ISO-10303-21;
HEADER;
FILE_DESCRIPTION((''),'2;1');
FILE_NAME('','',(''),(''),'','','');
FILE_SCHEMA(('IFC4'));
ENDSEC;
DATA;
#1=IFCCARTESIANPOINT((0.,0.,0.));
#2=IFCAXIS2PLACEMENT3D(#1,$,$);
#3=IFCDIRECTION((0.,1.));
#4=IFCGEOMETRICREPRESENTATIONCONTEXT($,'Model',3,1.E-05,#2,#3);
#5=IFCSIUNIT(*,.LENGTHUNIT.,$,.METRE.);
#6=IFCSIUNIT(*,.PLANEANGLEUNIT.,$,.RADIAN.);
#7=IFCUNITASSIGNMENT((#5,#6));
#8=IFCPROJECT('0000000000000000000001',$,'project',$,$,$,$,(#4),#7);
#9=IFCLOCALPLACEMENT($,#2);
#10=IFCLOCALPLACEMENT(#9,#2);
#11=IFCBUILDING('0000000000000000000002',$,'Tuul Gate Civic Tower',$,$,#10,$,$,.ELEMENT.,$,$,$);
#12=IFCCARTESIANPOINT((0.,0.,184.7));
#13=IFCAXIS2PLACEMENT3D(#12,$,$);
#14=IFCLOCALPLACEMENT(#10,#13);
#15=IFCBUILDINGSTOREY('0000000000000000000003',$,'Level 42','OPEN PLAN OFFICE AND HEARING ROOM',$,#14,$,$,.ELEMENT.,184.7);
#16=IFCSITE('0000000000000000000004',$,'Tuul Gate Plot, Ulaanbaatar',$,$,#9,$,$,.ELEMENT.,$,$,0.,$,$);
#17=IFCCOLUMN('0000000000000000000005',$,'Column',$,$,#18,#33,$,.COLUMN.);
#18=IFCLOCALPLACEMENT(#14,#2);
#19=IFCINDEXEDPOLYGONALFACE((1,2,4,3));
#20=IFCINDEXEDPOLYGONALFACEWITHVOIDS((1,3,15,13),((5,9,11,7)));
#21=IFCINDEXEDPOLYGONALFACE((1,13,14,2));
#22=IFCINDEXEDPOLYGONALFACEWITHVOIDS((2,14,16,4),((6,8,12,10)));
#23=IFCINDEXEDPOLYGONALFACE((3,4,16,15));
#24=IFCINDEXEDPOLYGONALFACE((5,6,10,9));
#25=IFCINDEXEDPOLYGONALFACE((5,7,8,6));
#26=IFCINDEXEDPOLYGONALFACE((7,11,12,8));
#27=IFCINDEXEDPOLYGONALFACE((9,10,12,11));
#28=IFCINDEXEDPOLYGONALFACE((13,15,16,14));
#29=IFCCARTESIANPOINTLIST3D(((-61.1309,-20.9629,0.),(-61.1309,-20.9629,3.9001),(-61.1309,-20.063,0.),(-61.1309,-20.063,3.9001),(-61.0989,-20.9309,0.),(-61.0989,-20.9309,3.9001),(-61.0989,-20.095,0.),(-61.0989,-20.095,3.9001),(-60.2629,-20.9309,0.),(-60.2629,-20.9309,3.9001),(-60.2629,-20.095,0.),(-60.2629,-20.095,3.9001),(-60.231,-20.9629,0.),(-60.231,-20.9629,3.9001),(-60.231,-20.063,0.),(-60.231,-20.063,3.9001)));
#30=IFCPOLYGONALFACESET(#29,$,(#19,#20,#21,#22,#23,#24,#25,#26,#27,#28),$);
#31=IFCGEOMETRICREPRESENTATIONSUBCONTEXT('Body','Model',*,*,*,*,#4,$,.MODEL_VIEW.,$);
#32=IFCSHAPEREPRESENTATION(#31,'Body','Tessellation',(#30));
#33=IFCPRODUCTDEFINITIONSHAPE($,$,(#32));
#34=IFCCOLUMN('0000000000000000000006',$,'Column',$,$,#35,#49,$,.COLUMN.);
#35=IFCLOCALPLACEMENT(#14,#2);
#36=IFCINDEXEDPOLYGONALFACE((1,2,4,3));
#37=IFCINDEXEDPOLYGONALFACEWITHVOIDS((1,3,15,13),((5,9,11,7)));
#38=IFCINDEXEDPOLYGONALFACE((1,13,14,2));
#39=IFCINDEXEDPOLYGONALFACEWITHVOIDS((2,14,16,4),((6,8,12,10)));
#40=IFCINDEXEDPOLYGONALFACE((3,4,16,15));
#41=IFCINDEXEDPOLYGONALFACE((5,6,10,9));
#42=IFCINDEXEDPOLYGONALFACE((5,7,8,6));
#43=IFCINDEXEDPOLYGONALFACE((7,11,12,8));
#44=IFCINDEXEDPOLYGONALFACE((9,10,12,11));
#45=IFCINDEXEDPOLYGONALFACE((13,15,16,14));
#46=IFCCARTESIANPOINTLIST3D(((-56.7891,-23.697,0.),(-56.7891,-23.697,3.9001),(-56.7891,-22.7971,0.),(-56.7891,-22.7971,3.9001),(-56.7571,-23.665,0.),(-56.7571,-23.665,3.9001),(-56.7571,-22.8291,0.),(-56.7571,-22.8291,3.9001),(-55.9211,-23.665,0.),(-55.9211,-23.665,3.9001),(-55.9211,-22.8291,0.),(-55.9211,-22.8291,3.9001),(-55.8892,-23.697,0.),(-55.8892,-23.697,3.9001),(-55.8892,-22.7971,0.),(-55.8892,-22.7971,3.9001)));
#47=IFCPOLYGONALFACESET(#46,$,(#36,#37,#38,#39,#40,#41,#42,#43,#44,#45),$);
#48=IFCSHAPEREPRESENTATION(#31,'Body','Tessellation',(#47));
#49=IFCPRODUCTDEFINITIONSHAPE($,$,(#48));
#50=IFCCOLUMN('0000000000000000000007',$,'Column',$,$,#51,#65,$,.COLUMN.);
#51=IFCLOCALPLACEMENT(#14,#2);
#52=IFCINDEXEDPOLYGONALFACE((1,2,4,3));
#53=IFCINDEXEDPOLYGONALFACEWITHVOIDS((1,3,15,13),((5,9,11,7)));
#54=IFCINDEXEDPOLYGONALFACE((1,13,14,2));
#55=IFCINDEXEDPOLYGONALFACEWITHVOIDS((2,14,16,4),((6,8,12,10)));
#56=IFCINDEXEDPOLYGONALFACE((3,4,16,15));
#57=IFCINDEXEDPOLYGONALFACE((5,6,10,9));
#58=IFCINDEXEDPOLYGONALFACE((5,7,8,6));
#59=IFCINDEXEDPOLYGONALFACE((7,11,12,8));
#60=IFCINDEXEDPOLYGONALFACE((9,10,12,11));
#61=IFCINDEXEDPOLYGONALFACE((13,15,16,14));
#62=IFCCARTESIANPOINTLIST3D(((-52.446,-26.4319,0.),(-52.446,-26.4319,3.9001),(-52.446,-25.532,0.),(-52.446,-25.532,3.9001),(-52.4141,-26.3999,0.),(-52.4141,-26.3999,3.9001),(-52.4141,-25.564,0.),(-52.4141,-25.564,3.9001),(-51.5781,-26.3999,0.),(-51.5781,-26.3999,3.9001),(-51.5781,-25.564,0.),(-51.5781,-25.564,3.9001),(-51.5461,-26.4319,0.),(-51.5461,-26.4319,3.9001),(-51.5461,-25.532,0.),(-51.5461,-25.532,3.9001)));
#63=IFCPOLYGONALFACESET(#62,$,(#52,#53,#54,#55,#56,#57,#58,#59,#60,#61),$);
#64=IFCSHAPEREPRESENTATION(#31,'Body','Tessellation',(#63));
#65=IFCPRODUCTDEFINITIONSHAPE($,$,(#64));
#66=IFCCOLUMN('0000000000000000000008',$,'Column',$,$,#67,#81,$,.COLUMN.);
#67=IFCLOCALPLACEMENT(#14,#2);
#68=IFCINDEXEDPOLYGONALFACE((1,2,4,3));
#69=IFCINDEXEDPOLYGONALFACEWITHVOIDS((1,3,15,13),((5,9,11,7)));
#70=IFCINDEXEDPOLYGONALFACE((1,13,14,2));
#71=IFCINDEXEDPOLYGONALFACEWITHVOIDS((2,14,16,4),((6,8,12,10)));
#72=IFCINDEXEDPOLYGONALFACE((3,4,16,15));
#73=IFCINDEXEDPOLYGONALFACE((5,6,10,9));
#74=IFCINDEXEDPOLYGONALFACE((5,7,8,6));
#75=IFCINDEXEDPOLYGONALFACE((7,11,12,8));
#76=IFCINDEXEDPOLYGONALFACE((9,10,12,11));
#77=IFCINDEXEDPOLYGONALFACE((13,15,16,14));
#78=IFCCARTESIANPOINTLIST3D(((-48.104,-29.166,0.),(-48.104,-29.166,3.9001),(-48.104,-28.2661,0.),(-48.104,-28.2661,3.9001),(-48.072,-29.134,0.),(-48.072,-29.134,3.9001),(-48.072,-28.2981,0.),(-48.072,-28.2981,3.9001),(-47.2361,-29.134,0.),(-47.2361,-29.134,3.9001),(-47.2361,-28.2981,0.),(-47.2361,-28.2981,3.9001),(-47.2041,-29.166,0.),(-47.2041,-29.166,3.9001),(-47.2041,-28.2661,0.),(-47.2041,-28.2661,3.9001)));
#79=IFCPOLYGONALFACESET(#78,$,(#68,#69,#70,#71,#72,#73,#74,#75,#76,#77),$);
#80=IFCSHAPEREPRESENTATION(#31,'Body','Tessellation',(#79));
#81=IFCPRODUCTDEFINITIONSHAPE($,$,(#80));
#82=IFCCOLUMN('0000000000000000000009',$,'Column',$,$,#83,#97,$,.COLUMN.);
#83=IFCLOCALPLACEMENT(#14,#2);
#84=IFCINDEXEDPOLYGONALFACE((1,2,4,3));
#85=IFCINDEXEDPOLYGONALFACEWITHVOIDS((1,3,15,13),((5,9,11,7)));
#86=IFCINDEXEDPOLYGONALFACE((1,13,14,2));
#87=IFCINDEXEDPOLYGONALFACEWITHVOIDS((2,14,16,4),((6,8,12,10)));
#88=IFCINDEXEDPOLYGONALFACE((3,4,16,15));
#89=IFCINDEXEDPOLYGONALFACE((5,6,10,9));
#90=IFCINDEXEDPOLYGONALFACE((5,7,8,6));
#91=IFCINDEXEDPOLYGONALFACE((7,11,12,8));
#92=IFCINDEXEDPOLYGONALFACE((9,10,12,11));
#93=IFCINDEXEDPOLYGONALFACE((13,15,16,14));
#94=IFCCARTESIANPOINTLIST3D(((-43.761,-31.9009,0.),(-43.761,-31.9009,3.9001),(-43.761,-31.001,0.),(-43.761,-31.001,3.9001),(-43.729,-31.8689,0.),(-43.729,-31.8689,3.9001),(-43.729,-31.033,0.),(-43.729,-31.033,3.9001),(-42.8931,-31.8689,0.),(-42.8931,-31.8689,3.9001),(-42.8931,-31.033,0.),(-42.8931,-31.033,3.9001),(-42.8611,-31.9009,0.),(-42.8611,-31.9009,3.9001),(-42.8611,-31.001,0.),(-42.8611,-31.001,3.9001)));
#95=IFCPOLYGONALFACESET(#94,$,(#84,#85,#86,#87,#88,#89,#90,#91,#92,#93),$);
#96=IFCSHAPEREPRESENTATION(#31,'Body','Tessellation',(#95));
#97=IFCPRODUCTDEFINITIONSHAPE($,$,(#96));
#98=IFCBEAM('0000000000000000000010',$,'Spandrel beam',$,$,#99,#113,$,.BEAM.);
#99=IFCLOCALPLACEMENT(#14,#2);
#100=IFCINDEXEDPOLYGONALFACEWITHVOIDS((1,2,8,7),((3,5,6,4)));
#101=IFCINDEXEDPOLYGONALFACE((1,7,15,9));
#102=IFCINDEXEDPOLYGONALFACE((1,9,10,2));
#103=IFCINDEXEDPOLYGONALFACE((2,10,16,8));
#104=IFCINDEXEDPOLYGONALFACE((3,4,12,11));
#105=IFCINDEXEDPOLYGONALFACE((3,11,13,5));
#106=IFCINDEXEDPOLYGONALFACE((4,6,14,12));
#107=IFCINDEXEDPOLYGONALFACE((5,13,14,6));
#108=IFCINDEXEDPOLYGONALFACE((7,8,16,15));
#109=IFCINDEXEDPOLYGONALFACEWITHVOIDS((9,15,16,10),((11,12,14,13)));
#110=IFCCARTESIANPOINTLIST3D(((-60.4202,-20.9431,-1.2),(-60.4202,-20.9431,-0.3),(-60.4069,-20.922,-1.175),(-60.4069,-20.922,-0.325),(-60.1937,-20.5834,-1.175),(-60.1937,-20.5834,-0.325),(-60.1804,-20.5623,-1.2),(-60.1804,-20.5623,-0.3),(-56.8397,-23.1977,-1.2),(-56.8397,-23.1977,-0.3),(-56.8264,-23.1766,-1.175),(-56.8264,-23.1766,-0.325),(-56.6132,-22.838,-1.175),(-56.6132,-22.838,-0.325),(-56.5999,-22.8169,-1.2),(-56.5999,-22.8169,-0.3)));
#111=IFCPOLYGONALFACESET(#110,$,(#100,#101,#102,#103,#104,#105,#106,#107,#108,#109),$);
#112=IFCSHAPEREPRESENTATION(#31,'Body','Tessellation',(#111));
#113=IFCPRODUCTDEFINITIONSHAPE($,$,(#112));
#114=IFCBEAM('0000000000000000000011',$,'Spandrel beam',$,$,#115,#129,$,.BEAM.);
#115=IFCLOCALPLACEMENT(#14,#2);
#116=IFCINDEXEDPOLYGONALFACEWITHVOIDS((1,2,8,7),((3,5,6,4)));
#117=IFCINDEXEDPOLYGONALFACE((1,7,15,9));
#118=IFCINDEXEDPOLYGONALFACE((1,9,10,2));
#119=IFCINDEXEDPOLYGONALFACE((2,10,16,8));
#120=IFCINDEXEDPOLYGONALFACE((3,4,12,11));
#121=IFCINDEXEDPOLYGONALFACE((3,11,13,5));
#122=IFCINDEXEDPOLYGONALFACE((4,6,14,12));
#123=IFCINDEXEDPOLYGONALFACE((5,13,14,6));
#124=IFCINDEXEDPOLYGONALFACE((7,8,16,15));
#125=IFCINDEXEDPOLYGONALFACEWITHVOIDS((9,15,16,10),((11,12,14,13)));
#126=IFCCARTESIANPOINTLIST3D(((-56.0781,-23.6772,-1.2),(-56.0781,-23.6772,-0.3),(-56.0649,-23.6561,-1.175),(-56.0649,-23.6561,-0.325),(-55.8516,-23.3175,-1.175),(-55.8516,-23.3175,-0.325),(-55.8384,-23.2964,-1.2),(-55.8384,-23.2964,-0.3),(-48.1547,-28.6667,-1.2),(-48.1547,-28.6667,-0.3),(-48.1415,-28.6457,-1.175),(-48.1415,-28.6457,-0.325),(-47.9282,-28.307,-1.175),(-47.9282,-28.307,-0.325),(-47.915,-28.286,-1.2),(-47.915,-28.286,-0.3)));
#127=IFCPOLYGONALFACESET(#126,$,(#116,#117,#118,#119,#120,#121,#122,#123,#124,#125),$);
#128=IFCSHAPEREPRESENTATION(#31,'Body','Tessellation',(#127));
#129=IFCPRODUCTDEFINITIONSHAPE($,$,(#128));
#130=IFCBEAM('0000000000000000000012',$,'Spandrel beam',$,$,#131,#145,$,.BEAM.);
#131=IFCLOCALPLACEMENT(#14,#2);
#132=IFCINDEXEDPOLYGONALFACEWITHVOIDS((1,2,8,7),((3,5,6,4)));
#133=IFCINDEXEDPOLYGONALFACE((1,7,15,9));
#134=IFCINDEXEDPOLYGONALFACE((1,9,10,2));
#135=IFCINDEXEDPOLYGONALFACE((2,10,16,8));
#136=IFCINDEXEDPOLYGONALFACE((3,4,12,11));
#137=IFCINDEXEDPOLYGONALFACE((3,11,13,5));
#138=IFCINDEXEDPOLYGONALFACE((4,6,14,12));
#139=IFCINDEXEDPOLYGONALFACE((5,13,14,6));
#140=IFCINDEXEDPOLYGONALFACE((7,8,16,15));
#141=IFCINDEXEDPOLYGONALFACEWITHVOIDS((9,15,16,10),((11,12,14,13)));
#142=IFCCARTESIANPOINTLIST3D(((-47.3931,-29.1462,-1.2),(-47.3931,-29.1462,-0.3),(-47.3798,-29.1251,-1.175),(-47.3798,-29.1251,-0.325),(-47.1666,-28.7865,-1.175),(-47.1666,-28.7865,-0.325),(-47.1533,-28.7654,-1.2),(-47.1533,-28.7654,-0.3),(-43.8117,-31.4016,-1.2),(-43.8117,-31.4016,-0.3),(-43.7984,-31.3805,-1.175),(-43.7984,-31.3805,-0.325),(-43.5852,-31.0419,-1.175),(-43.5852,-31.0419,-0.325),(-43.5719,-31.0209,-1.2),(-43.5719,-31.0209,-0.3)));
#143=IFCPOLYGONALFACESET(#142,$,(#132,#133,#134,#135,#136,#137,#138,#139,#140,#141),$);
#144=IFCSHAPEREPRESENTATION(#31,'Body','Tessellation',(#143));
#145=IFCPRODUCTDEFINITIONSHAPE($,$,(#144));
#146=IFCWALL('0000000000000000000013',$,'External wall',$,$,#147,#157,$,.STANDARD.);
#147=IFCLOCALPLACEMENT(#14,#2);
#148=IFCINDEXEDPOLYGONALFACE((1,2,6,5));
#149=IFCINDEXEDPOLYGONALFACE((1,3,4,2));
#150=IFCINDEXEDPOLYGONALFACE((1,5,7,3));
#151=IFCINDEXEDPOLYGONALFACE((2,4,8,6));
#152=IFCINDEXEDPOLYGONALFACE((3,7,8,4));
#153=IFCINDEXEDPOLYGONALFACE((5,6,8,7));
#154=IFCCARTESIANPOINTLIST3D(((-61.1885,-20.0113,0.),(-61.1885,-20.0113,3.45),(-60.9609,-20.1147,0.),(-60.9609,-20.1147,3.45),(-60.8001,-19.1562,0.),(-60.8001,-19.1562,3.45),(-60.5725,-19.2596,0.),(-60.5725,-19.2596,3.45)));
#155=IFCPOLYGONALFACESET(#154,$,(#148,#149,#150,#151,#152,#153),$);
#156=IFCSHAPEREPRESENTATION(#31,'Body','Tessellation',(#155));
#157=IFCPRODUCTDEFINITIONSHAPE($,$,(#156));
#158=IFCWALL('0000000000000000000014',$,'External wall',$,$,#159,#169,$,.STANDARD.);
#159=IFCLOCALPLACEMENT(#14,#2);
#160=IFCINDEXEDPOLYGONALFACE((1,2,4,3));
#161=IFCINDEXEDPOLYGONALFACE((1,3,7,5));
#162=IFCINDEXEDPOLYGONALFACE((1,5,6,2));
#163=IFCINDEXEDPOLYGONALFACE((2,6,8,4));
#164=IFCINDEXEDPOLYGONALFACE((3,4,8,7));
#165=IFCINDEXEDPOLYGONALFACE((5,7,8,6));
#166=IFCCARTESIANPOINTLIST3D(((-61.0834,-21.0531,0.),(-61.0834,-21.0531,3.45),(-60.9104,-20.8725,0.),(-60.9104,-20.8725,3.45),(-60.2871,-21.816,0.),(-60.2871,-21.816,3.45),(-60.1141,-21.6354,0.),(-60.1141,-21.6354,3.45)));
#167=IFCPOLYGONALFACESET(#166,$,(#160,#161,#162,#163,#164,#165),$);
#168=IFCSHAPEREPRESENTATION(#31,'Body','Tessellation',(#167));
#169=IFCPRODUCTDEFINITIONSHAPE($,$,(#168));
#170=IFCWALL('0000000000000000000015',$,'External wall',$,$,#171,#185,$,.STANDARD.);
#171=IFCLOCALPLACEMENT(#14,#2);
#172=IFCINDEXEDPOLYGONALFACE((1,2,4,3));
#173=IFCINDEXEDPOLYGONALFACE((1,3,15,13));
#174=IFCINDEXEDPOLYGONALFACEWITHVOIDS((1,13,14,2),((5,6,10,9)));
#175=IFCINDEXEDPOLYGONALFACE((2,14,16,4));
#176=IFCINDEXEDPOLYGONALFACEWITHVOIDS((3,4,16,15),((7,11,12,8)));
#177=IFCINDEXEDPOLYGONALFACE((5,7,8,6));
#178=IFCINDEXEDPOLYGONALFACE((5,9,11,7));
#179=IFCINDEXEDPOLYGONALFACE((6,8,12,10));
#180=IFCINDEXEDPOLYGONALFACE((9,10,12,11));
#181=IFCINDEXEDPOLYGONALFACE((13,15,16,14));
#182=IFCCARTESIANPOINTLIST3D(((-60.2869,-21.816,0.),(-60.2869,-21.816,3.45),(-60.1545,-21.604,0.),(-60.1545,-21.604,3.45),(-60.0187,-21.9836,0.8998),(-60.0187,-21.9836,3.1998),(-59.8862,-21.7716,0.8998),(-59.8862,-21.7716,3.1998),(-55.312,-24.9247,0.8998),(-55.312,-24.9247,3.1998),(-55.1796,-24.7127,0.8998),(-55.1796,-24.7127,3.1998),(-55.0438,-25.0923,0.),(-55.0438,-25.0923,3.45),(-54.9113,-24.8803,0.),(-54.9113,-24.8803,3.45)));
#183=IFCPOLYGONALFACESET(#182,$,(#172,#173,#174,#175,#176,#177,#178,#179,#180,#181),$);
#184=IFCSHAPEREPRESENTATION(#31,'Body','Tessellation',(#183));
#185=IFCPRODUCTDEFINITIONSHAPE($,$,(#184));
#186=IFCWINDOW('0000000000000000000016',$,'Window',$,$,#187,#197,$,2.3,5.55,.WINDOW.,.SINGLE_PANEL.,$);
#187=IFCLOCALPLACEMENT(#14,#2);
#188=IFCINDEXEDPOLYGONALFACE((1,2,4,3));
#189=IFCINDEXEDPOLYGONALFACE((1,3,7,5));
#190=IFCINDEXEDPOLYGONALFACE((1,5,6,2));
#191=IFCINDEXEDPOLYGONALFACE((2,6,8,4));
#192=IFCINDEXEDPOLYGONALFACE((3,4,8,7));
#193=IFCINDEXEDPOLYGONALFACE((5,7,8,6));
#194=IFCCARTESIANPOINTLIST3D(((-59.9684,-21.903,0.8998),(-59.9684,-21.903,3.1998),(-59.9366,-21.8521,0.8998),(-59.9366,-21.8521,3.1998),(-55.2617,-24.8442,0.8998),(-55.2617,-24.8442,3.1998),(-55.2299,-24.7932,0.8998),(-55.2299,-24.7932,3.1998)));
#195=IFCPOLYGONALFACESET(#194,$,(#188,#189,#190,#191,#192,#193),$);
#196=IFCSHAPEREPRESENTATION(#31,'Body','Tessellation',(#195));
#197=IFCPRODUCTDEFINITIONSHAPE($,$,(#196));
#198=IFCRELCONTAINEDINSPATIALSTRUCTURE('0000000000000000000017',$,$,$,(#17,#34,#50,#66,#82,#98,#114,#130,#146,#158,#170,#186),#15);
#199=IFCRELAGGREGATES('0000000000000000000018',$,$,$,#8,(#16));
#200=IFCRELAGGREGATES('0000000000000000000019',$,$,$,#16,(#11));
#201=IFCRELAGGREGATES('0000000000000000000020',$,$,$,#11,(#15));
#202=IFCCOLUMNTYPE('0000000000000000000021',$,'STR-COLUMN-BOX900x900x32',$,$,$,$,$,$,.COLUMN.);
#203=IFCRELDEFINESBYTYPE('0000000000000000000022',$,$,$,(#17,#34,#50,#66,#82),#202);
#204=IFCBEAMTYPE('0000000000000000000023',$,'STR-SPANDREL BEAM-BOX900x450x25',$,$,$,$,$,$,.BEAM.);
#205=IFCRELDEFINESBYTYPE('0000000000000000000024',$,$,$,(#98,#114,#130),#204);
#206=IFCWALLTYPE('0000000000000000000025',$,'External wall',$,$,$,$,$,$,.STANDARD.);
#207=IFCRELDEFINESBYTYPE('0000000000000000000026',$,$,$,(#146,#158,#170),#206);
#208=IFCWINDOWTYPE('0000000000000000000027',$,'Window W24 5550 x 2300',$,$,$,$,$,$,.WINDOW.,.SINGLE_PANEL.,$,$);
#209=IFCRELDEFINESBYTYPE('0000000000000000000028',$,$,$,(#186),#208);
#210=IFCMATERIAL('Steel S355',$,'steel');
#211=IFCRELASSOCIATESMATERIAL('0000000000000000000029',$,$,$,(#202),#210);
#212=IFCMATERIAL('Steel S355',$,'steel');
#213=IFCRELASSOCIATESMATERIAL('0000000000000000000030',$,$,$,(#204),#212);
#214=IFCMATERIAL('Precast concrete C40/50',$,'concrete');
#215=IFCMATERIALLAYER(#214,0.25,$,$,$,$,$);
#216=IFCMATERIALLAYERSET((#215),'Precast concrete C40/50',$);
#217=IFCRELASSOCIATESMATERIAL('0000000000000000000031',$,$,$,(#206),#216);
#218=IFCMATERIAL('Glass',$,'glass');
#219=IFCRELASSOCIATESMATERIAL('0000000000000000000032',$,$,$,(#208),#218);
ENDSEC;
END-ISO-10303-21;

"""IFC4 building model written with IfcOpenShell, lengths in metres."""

from ifc_helpers import new_model, si_unit, direction, frame, frame_2d, origin, origin_2d, place, context, subcontext, project, spatial, rectangle, hollow_rectangle, extrude, material, layer, layer_set, material_profile, profile_set, type_object, element, fill, save


model = new_model("IFC4")

# Units and contexts
model_context = context("Model", 3, precision=1e-05, world=origin(), true_north=direction((0.0, 1.0)))
body_context = subcontext(model_context, "Body", "Model", "MODEL_VIEW")
ifc_project = project(units=[si_unit("LENGTHUNIT", "METRE"), si_unit("PLANEANGLEUNIT", "RADIAN")], contexts=[model_context])

# Site, building, storey
site_placement = place(None, origin())
site = spatial("IfcSite", under=ifc_project, at=site_placement, Name="Tuul Gate Plot, Ulaanbaatar", CompositionType="ELEMENT", RefElevation=0.0)
building_placement = place(site_placement, origin())
building = spatial("IfcBuilding", under=site, at=building_placement, Name="Tuul Gate Civic Tower", CompositionType="ELEMENT")
storey_placement = place(building_placement, frame((0.0, 0.0, 184.7)))
storey = spatial("IfcBuildingStorey", under=building, at=storey_placement, Name="Level 42", Description="OPEN PLAN OFFICE AND HEARING ROOM", CompositionType="ELEMENT", Elevation=184.7)

# Columns
ifc_material_1 = material(Name="Steel S355", Category="steel")
ifc_material_profile_1 = material_profile(ifc_material_1, hollow_rectangle(XDim=0.8999, YDim=0.8999, WallThickness=0.032, at=origin_2d()), Name="BOX900x900x32")
ifc_profile_set_1 = profile_set([ifc_material_profile_1], Name="Steel S355")
column_type = type_object("IfcColumnType", Name="STR-COLUMN-BOX900x900x32", PredefinedType="COLUMN", material=ifc_profile_set_1)
for number, where, z_axis, x_axis, name in (
    (1, (-60.6809, -20.5129, 0.0), (0.0, 0.0, 1.0), (1.0, 0.0, 0.0), "Column"),
    (2, (-56.3391, -23.2471, 0.0), (0.0, 0.0, 1.0), (1.0, 0.0, 0.0), "Column"),
    (3, (-51.9961, -25.9819, 0.0), (0.0, 0.0, 1.0), (1.0, 0.0, 0.0), "Column"),
    (4, (-47.6541, -28.7161, 0.0), (0.0, 0.0, 1.0), (1.0, 0.0, 0.0), "Column"),
    (5, (-43.311, -31.4509, 0.0), (0.0, 0.0, 1.0), (1.0, 0.0, 0.0), "Column"),
):
    element("IfcColumn", number, at=place(storey_placement, frame(where, z_axis=z_axis, x_axis=x_axis)), inside=storey, type_object=column_type, Name=name, PredefinedType="COLUMN", context=body_context, shape_type="SweptSolid", body=[
        extrude(hollow_rectangle(XDim=0.8999, YDim=0.8999, WallThickness=0.032, at=origin_2d()), origin(), (0.0, 0.0, 1.0), 3.9001),
    ])

# Beams
ifc_material_2 = material(Name="Steel S355", Category="steel")
ifc_material_profile_2 = material_profile(ifc_material_2, hollow_rectangle(XDim=0.45, YDim=0.8999, WallThickness=0.0249, at=origin_2d()), Name="BOX900x450x25")
ifc_profile_set_2 = profile_set([ifc_material_profile_2], Name="Steel S355")
beam_type = type_object("IfcBeamType", Name="STR-SPANDREL BEAM-BOX900x450x25", PredefinedType="BEAM", material=ifc_profile_set_2)
beam_1_placement = place(storey_placement, frame((-60.3003, -20.7527, -0.75), z_axis=(0.846211, -0.532848, 0.0), x_axis=(0.532848, 0.846211, 0.0)))
element("IfcBeam", 6, at=beam_1_placement, inside=storey, type_object=beam_type, Name="Spandrel beam", PredefinedType="BEAM", context=body_context, shape_type="SweptSolid", body=[
    extrude(hollow_rectangle(XDim=0.45, YDim=0.8999, WallThickness=0.0249, at=origin_2d()), origin(), (0.0, 0.0, 1.0), 4.2312),
])
beam_2_placement = place(storey_placement, frame((-55.9583, -23.4868, -0.75), z_axis=(0.846198, -0.532869, 0.0), x_axis=(0.532869, 0.846198, 0.0)))
element("IfcBeam", 7, at=beam_2_placement, inside=storey, type_object=beam_type, Name="Spandrel beam", PredefinedType="BEAM", context=body_context, shape_type="SweptSolid", body=[
    extrude(hollow_rectangle(XDim=0.45, YDim=0.8999, WallThickness=0.0249, at=origin_2d()), origin(), (0.0, 0.0, 1.0), 9.3635),
])
beam_3_placement = place(storey_placement, frame((-47.2732, -28.9558, -0.75), z_axis=(0.846182, -0.532894, 0.0), x_axis=(0.532894, 0.846182, 0.0)))
element("IfcBeam", 8, at=beam_3_placement, inside=storey, type_object=beam_type, Name="Spandrel beam", PredefinedType="BEAM", context=body_context, shape_type="SweptSolid", body=[
    extrude(hollow_rectangle(XDim=0.45, YDim=0.8999, WallThickness=0.0249, at=origin_2d()), origin(), (0.0, 0.0, 1.0), 4.2324),
])

# Walls
ifc_material_3 = material(Name="Precast concrete C40/50", Category="concrete")
ifc_layer = layer(ifc_material_3, 0.25)
ifc_layer_set = layer_set([ifc_layer], Name="Precast concrete C40/50")
wall_type = type_object("IfcWallType", Name="External wall", PredefinedType="STANDARD", material=ifc_layer_set)
wall_1_placement = place(storey_placement, frame((-60.6863, -19.2078, 0.0), z_axis=(0.0, 0.0, 1.0), x_axis=(-0.413529, -0.910491, 0.0)))
element("IfcWall", 9, at=wall_1_placement, inside=storey, type_object=wall_type, Name="External wall", PredefinedType="STANDARD", context=body_context, shape_type="SweptSolid", body=[
    extrude(rectangle(XDim=0.9392, YDim=0.25, at=frame_2d((0.4697, 0.0))), origin(), (0.0, 0.0, 1.0), 3.45),
])
wall_2_placement = place(storey_placement, frame((-60.9968, -20.9629, 0.0), z_axis=(0.0, 0.0, 1.0), x_axis=(0.722108, -0.69178, 0.0)))
element("IfcWall", 10, at=wall_2_placement, inside=storey, type_object=wall_type, Name="External wall", PredefinedType="STANDARD", context=body_context, shape_type="SweptSolid", body=[
    extrude(rectangle(XDim=1.1028, YDim=0.25, at=frame_2d((0.5513, 0.0))), origin(), (0.0, 0.0, 1.0), 3.45),
])

# Wall, opening, window
wall_3_placement = place(storey_placement, frame((-60.2207, -21.71, 0.0), z_axis=(0.0, 0.0, 1.0), x_axis=(0.848043, -0.529928, 0.0)))
wall_3 = element("IfcWall", 11, at=wall_3_placement, inside=storey, type_object=wall_type, Name="External wall", PredefinedType="STANDARD", context=body_context, shape_type="SweptSolid", body=[
    extrude(rectangle(XDim=6.1826, YDim=0.25, at=frame_2d((3.0913, 0.0))), origin(), (0.0, 0.0, 1.0), 3.45),
])
opening_1_placement = place(wall_3_placement, frame((0.3164, 0.0, 0.8999)))
opening_1 = element("IfcOpeningElement", 12, at=opening_1_placement, cuts=wall_3, PredefinedType="OPENING", context=body_context, shape_type="SweptSolid", body=[
    extrude(rectangle(XDim=5.55, YDim=2.3, at=frame_2d((2.7749, 1.1499))), frame((0.0, 0.135, 0.0), z_axis=(0.0, -1.0, 0.0), x_axis=(1.0, 0.0, 0.0)), (0.0, 0.0, 1.0), 0.27),
])
ifc_material_4 = material(Name="Glass", Category="glass")
window_type = type_object("IfcWindowType", Name="Window W24 5550 x 2300", PartitioningType="SINGLE_PANEL", PredefinedType="WINDOW", material=ifc_material_4)
window_1_placement = place(opening_1_placement, origin())
window_1 = element("IfcWindow", 13, at=window_1_placement, inside=storey, type_object=window_type, Name="Window", OverallHeight=2.3, OverallWidth=5.55, PartitioningType="SINGLE_PANEL", PredefinedType="WINDOW", context=body_context, shape_type="SweptSolid", body=[
    extrude(rectangle(XDim=5.55, YDim=2.3, at=frame_2d((2.7749, 1.1499))), frame((0.0, 0.03, 0.0), z_axis=(0.0, -1.0, 0.0), x_axis=(1.0, 0.0, 0.0)), (0.0, 0.0, 1.0), 0.0601),
])
fill(opening_1, window_1)

save(model, "model.ifc")
